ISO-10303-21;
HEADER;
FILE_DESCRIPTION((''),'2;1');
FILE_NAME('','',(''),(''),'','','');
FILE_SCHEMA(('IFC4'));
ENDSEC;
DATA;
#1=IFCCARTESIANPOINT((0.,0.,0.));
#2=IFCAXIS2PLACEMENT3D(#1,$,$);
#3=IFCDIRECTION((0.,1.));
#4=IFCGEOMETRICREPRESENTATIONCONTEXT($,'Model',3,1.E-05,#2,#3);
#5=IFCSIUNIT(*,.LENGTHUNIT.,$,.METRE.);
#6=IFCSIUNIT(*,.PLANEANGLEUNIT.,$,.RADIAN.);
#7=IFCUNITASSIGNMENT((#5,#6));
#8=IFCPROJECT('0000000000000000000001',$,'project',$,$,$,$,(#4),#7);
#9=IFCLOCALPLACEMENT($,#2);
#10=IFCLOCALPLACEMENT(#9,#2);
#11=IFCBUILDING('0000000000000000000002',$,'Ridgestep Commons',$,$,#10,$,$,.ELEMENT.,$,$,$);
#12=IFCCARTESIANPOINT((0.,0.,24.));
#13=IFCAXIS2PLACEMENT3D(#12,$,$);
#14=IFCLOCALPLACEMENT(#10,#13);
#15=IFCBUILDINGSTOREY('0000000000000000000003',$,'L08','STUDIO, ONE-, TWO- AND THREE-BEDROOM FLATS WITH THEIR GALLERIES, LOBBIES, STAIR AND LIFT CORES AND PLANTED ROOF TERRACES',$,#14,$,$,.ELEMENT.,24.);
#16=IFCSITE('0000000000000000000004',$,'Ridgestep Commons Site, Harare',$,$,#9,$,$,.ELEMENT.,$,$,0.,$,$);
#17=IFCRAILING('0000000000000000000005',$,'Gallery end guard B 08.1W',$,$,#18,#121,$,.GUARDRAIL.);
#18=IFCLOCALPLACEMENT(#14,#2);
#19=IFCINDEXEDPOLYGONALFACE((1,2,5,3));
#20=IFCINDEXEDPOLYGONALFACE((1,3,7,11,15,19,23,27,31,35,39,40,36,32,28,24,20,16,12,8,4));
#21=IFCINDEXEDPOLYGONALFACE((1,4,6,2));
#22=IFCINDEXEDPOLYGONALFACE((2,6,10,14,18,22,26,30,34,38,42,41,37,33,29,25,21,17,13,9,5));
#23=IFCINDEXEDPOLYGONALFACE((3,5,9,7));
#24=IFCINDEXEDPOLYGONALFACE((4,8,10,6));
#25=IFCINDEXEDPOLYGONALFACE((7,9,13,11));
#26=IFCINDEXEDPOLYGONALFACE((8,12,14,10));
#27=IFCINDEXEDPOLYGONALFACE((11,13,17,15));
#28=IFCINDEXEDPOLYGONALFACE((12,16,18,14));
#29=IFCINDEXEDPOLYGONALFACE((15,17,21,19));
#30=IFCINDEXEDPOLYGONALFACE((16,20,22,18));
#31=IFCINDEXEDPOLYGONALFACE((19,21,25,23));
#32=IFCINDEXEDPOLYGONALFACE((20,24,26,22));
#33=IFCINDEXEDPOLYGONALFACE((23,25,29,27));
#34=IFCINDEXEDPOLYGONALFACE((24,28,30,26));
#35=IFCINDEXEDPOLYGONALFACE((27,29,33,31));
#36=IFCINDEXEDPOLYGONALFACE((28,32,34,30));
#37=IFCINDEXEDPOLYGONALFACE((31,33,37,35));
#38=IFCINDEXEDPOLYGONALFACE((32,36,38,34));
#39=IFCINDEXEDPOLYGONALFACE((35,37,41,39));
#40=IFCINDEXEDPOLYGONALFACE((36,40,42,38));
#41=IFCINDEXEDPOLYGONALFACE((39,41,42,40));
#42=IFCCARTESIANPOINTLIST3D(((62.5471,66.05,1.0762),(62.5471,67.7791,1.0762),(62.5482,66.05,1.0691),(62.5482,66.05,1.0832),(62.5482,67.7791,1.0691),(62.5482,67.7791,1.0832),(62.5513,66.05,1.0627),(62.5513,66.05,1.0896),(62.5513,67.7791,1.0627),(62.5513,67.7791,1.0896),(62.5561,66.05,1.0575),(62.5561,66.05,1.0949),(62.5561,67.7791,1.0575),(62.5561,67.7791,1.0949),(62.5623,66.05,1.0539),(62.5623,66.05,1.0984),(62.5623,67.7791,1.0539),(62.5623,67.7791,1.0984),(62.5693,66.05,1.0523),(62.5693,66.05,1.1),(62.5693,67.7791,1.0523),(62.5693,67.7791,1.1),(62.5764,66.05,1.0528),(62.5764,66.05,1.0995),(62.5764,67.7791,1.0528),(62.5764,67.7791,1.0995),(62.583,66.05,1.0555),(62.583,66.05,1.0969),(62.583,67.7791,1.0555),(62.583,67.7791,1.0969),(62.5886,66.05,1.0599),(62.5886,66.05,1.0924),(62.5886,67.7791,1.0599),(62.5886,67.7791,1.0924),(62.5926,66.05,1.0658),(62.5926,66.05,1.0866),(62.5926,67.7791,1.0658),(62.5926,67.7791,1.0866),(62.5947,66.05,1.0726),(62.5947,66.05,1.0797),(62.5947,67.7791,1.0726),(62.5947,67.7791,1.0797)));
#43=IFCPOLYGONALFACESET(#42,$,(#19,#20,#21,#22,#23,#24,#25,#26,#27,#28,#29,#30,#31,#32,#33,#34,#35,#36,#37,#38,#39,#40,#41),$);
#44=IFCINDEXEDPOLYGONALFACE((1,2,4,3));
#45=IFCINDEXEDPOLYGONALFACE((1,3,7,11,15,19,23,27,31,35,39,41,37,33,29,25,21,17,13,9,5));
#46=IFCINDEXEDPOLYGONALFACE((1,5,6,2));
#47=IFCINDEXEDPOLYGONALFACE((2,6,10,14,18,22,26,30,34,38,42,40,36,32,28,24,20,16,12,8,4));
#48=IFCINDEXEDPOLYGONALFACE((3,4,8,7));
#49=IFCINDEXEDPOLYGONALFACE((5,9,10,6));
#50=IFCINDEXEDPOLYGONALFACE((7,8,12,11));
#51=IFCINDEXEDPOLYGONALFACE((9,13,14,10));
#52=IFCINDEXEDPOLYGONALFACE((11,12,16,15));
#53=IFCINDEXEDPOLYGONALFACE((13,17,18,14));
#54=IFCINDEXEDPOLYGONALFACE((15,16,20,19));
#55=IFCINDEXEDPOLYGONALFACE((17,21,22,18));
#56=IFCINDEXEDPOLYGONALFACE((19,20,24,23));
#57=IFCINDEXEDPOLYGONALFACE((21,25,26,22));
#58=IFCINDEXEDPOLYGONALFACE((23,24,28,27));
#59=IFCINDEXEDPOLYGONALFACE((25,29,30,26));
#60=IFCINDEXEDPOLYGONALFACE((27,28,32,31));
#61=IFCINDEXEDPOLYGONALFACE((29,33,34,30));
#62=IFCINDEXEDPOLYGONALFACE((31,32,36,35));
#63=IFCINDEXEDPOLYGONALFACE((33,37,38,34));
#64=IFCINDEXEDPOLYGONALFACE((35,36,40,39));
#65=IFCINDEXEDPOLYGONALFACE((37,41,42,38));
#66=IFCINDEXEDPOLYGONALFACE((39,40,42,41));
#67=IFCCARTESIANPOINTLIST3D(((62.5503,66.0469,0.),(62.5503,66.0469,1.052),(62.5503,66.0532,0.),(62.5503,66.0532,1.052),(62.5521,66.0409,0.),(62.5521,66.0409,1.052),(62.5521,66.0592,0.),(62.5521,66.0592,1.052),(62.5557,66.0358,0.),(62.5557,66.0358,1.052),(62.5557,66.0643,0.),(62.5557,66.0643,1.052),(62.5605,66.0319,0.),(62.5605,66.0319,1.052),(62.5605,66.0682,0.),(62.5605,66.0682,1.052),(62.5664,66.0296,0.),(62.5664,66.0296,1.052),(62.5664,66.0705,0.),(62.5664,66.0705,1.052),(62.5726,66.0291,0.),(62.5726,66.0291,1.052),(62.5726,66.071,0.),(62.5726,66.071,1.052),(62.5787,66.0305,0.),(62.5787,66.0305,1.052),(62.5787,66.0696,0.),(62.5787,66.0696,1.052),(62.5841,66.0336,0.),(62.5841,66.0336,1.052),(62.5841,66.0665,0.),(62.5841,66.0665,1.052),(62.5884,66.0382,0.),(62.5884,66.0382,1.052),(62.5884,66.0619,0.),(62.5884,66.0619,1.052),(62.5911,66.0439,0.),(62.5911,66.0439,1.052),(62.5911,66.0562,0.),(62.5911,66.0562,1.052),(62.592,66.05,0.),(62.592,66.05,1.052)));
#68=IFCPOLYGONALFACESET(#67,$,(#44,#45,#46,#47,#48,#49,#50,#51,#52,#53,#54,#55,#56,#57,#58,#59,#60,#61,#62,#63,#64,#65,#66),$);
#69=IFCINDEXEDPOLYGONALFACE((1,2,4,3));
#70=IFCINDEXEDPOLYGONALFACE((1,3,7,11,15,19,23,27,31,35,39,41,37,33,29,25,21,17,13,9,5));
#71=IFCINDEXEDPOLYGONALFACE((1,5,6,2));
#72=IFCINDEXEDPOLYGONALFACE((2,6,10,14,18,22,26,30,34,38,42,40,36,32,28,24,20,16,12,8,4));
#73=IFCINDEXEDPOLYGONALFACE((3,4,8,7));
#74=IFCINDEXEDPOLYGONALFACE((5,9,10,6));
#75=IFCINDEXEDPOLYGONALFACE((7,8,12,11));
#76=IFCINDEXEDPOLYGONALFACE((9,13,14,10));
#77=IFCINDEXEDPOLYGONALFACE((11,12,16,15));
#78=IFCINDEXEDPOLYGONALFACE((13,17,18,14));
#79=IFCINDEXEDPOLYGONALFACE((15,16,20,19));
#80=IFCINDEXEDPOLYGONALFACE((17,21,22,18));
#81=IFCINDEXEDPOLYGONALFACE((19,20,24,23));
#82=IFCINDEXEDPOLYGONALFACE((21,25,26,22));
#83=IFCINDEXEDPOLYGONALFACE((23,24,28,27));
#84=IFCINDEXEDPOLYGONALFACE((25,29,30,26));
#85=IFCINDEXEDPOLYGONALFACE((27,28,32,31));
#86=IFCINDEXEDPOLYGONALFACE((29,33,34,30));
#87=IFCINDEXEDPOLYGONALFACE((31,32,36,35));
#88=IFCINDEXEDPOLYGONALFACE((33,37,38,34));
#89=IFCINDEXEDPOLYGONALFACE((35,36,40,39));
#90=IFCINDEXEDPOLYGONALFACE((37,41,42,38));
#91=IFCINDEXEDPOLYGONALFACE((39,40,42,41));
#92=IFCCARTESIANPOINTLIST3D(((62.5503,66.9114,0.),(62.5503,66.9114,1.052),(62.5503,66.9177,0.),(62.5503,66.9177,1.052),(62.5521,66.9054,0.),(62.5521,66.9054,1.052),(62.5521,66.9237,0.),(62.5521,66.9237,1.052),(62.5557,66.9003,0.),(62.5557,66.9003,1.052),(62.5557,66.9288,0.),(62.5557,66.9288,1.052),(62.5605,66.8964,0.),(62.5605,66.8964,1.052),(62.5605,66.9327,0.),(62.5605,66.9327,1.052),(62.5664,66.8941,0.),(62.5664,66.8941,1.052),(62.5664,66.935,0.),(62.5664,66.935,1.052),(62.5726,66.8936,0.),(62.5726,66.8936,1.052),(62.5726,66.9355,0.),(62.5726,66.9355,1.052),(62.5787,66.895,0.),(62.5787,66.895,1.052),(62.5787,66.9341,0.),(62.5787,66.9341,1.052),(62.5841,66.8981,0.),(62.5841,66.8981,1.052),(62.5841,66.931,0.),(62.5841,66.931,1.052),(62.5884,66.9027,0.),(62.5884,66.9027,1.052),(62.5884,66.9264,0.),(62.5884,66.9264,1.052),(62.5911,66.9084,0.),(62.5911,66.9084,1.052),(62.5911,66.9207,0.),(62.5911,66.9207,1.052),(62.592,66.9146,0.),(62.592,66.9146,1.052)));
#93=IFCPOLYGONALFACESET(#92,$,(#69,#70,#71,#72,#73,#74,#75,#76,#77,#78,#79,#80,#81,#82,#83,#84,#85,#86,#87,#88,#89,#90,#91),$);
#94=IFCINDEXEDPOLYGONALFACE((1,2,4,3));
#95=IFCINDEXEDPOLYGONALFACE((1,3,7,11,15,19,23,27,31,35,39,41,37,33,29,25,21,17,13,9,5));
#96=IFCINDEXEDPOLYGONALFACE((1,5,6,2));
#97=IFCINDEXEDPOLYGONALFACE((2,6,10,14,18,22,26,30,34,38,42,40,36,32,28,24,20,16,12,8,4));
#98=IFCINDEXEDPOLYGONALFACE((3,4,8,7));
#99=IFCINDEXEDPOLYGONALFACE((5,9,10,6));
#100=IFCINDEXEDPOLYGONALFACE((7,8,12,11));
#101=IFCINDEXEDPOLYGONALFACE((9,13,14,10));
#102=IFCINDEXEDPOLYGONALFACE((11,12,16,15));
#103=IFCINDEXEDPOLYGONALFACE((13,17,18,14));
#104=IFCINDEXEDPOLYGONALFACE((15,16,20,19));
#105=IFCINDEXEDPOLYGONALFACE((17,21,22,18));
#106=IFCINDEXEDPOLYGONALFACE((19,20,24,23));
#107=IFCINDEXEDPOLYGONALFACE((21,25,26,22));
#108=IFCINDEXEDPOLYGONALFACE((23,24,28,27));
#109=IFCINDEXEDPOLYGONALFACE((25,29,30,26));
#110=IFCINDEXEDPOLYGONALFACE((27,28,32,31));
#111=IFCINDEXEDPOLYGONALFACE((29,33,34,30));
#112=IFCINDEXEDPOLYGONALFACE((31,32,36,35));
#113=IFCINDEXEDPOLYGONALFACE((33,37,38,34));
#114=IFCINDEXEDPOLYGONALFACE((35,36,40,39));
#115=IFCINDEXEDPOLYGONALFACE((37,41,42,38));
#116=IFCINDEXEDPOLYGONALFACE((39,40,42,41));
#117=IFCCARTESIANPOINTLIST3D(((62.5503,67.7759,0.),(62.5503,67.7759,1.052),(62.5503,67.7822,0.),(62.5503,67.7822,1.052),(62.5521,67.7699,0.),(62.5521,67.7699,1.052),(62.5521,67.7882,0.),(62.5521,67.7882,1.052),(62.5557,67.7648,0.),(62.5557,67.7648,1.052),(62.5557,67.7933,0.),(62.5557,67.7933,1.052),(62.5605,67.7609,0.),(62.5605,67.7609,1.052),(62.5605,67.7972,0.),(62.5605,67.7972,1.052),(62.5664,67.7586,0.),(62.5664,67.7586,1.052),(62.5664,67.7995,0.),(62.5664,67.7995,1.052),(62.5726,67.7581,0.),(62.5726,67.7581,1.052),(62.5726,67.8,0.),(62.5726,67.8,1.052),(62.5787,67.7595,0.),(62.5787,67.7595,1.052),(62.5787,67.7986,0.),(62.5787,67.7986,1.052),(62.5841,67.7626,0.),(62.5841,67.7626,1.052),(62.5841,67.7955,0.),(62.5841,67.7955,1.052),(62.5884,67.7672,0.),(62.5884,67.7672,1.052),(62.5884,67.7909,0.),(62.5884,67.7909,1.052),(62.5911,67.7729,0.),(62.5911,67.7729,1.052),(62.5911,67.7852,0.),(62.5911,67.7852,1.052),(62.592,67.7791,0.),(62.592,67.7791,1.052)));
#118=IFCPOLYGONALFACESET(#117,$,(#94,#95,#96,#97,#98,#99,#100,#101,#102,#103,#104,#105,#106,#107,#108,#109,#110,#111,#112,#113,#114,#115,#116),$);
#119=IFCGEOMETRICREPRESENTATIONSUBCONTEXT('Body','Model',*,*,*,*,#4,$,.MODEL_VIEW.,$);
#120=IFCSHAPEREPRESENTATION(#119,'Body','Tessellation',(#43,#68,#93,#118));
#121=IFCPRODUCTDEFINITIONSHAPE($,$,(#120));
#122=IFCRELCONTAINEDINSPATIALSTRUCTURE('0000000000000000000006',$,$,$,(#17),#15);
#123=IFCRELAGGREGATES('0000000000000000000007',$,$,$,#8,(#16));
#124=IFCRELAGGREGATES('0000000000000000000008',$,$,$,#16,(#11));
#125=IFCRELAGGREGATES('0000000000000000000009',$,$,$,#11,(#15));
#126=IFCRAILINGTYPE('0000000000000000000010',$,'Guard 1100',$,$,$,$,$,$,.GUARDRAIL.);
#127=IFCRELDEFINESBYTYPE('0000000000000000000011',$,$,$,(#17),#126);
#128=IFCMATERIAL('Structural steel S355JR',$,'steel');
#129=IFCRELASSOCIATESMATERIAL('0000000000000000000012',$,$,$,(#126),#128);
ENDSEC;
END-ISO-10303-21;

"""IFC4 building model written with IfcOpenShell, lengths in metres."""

from ifc_helpers import new_model, si_unit, direction, frame, origin, origin_2d, place, context, subcontext, project, spatial, circle, extrude, material, type_object, element, save


model = new_model("IFC4")

# Units and contexts
model_context = context("Model", 3, precision=1e-05, world=origin(), true_north=direction((0.0, 1.0)))
body_context = subcontext(model_context, "Body", "Model", "MODEL_VIEW")
ifc_project = project(units=[si_unit("LENGTHUNIT", "METRE"), si_unit("PLANEANGLEUNIT", "RADIAN")], contexts=[model_context])

# Site, building, storey
site_placement = place(None, origin())
site = spatial("IfcSite", under=ifc_project, at=site_placement, Name="Ridgestep Commons Site, Harare", CompositionType="ELEMENT", RefElevation=0.0)
building_placement = place(site_placement, origin())
building = spatial("IfcBuilding", under=site, at=building_placement, Name="Ridgestep Commons", CompositionType="ELEMENT")
storey_placement = place(building_placement, frame((0.0, 0.0, 24.0)))
storey = spatial("IfcBuildingStorey", under=building, at=storey_placement, Name="L08", Description="STUDIO, ONE-, TWO- AND THREE-BEDROOM FLATS WITH THEIR GALLERIES, LOBBIES, STAIR AND LIFT CORES AND PLANTED ROOF TERRACES", CompositionType="ELEMENT", Elevation=24.0)

# Railing
ifc_material_1 = material(Name="Structural steel S355JR", Category="steel")
railing_type = type_object("IfcRailingType", Name="Guard 1100", PredefinedType="GUARDRAIL", material=ifc_material_1)
railing_1_placement = place(storey_placement, frame((62.571, 66.05, 0.0)))
element("IfcRailing", 1, at=railing_1_placement, inside=storey, type_object=railing_type, Name="Gallery end guard B 08.1W", PredefinedType="GUARDRAIL", context=body_context, shape_type="SweptSolid", body=[
    extrude(circle(Radius=0.0239, at=origin_2d()), frame((0.0, 0.0, 1.0762), z_axis=(0.0, 1.0, 0.0), x_axis=(-1.0, 0.0, 0.0)), (0.0, 0.0, 1.0), 1.729),
    extrude(circle(Radius=0.021, at=origin_2d()), origin(), (0.0, 0.0, 1.0), 1.052),
    extrude(circle(Radius=0.021, at=origin_2d()), frame((0.0, 0.8645, 0.0)), (0.0, 0.0, 1.0), 1.052),
    extrude(circle(Radius=0.021, at=origin_2d()), frame((0.0, 1.729, 0.0)), (0.0, 0.0, 1.0), 1.052),
])

save(model, "model.ifc")
